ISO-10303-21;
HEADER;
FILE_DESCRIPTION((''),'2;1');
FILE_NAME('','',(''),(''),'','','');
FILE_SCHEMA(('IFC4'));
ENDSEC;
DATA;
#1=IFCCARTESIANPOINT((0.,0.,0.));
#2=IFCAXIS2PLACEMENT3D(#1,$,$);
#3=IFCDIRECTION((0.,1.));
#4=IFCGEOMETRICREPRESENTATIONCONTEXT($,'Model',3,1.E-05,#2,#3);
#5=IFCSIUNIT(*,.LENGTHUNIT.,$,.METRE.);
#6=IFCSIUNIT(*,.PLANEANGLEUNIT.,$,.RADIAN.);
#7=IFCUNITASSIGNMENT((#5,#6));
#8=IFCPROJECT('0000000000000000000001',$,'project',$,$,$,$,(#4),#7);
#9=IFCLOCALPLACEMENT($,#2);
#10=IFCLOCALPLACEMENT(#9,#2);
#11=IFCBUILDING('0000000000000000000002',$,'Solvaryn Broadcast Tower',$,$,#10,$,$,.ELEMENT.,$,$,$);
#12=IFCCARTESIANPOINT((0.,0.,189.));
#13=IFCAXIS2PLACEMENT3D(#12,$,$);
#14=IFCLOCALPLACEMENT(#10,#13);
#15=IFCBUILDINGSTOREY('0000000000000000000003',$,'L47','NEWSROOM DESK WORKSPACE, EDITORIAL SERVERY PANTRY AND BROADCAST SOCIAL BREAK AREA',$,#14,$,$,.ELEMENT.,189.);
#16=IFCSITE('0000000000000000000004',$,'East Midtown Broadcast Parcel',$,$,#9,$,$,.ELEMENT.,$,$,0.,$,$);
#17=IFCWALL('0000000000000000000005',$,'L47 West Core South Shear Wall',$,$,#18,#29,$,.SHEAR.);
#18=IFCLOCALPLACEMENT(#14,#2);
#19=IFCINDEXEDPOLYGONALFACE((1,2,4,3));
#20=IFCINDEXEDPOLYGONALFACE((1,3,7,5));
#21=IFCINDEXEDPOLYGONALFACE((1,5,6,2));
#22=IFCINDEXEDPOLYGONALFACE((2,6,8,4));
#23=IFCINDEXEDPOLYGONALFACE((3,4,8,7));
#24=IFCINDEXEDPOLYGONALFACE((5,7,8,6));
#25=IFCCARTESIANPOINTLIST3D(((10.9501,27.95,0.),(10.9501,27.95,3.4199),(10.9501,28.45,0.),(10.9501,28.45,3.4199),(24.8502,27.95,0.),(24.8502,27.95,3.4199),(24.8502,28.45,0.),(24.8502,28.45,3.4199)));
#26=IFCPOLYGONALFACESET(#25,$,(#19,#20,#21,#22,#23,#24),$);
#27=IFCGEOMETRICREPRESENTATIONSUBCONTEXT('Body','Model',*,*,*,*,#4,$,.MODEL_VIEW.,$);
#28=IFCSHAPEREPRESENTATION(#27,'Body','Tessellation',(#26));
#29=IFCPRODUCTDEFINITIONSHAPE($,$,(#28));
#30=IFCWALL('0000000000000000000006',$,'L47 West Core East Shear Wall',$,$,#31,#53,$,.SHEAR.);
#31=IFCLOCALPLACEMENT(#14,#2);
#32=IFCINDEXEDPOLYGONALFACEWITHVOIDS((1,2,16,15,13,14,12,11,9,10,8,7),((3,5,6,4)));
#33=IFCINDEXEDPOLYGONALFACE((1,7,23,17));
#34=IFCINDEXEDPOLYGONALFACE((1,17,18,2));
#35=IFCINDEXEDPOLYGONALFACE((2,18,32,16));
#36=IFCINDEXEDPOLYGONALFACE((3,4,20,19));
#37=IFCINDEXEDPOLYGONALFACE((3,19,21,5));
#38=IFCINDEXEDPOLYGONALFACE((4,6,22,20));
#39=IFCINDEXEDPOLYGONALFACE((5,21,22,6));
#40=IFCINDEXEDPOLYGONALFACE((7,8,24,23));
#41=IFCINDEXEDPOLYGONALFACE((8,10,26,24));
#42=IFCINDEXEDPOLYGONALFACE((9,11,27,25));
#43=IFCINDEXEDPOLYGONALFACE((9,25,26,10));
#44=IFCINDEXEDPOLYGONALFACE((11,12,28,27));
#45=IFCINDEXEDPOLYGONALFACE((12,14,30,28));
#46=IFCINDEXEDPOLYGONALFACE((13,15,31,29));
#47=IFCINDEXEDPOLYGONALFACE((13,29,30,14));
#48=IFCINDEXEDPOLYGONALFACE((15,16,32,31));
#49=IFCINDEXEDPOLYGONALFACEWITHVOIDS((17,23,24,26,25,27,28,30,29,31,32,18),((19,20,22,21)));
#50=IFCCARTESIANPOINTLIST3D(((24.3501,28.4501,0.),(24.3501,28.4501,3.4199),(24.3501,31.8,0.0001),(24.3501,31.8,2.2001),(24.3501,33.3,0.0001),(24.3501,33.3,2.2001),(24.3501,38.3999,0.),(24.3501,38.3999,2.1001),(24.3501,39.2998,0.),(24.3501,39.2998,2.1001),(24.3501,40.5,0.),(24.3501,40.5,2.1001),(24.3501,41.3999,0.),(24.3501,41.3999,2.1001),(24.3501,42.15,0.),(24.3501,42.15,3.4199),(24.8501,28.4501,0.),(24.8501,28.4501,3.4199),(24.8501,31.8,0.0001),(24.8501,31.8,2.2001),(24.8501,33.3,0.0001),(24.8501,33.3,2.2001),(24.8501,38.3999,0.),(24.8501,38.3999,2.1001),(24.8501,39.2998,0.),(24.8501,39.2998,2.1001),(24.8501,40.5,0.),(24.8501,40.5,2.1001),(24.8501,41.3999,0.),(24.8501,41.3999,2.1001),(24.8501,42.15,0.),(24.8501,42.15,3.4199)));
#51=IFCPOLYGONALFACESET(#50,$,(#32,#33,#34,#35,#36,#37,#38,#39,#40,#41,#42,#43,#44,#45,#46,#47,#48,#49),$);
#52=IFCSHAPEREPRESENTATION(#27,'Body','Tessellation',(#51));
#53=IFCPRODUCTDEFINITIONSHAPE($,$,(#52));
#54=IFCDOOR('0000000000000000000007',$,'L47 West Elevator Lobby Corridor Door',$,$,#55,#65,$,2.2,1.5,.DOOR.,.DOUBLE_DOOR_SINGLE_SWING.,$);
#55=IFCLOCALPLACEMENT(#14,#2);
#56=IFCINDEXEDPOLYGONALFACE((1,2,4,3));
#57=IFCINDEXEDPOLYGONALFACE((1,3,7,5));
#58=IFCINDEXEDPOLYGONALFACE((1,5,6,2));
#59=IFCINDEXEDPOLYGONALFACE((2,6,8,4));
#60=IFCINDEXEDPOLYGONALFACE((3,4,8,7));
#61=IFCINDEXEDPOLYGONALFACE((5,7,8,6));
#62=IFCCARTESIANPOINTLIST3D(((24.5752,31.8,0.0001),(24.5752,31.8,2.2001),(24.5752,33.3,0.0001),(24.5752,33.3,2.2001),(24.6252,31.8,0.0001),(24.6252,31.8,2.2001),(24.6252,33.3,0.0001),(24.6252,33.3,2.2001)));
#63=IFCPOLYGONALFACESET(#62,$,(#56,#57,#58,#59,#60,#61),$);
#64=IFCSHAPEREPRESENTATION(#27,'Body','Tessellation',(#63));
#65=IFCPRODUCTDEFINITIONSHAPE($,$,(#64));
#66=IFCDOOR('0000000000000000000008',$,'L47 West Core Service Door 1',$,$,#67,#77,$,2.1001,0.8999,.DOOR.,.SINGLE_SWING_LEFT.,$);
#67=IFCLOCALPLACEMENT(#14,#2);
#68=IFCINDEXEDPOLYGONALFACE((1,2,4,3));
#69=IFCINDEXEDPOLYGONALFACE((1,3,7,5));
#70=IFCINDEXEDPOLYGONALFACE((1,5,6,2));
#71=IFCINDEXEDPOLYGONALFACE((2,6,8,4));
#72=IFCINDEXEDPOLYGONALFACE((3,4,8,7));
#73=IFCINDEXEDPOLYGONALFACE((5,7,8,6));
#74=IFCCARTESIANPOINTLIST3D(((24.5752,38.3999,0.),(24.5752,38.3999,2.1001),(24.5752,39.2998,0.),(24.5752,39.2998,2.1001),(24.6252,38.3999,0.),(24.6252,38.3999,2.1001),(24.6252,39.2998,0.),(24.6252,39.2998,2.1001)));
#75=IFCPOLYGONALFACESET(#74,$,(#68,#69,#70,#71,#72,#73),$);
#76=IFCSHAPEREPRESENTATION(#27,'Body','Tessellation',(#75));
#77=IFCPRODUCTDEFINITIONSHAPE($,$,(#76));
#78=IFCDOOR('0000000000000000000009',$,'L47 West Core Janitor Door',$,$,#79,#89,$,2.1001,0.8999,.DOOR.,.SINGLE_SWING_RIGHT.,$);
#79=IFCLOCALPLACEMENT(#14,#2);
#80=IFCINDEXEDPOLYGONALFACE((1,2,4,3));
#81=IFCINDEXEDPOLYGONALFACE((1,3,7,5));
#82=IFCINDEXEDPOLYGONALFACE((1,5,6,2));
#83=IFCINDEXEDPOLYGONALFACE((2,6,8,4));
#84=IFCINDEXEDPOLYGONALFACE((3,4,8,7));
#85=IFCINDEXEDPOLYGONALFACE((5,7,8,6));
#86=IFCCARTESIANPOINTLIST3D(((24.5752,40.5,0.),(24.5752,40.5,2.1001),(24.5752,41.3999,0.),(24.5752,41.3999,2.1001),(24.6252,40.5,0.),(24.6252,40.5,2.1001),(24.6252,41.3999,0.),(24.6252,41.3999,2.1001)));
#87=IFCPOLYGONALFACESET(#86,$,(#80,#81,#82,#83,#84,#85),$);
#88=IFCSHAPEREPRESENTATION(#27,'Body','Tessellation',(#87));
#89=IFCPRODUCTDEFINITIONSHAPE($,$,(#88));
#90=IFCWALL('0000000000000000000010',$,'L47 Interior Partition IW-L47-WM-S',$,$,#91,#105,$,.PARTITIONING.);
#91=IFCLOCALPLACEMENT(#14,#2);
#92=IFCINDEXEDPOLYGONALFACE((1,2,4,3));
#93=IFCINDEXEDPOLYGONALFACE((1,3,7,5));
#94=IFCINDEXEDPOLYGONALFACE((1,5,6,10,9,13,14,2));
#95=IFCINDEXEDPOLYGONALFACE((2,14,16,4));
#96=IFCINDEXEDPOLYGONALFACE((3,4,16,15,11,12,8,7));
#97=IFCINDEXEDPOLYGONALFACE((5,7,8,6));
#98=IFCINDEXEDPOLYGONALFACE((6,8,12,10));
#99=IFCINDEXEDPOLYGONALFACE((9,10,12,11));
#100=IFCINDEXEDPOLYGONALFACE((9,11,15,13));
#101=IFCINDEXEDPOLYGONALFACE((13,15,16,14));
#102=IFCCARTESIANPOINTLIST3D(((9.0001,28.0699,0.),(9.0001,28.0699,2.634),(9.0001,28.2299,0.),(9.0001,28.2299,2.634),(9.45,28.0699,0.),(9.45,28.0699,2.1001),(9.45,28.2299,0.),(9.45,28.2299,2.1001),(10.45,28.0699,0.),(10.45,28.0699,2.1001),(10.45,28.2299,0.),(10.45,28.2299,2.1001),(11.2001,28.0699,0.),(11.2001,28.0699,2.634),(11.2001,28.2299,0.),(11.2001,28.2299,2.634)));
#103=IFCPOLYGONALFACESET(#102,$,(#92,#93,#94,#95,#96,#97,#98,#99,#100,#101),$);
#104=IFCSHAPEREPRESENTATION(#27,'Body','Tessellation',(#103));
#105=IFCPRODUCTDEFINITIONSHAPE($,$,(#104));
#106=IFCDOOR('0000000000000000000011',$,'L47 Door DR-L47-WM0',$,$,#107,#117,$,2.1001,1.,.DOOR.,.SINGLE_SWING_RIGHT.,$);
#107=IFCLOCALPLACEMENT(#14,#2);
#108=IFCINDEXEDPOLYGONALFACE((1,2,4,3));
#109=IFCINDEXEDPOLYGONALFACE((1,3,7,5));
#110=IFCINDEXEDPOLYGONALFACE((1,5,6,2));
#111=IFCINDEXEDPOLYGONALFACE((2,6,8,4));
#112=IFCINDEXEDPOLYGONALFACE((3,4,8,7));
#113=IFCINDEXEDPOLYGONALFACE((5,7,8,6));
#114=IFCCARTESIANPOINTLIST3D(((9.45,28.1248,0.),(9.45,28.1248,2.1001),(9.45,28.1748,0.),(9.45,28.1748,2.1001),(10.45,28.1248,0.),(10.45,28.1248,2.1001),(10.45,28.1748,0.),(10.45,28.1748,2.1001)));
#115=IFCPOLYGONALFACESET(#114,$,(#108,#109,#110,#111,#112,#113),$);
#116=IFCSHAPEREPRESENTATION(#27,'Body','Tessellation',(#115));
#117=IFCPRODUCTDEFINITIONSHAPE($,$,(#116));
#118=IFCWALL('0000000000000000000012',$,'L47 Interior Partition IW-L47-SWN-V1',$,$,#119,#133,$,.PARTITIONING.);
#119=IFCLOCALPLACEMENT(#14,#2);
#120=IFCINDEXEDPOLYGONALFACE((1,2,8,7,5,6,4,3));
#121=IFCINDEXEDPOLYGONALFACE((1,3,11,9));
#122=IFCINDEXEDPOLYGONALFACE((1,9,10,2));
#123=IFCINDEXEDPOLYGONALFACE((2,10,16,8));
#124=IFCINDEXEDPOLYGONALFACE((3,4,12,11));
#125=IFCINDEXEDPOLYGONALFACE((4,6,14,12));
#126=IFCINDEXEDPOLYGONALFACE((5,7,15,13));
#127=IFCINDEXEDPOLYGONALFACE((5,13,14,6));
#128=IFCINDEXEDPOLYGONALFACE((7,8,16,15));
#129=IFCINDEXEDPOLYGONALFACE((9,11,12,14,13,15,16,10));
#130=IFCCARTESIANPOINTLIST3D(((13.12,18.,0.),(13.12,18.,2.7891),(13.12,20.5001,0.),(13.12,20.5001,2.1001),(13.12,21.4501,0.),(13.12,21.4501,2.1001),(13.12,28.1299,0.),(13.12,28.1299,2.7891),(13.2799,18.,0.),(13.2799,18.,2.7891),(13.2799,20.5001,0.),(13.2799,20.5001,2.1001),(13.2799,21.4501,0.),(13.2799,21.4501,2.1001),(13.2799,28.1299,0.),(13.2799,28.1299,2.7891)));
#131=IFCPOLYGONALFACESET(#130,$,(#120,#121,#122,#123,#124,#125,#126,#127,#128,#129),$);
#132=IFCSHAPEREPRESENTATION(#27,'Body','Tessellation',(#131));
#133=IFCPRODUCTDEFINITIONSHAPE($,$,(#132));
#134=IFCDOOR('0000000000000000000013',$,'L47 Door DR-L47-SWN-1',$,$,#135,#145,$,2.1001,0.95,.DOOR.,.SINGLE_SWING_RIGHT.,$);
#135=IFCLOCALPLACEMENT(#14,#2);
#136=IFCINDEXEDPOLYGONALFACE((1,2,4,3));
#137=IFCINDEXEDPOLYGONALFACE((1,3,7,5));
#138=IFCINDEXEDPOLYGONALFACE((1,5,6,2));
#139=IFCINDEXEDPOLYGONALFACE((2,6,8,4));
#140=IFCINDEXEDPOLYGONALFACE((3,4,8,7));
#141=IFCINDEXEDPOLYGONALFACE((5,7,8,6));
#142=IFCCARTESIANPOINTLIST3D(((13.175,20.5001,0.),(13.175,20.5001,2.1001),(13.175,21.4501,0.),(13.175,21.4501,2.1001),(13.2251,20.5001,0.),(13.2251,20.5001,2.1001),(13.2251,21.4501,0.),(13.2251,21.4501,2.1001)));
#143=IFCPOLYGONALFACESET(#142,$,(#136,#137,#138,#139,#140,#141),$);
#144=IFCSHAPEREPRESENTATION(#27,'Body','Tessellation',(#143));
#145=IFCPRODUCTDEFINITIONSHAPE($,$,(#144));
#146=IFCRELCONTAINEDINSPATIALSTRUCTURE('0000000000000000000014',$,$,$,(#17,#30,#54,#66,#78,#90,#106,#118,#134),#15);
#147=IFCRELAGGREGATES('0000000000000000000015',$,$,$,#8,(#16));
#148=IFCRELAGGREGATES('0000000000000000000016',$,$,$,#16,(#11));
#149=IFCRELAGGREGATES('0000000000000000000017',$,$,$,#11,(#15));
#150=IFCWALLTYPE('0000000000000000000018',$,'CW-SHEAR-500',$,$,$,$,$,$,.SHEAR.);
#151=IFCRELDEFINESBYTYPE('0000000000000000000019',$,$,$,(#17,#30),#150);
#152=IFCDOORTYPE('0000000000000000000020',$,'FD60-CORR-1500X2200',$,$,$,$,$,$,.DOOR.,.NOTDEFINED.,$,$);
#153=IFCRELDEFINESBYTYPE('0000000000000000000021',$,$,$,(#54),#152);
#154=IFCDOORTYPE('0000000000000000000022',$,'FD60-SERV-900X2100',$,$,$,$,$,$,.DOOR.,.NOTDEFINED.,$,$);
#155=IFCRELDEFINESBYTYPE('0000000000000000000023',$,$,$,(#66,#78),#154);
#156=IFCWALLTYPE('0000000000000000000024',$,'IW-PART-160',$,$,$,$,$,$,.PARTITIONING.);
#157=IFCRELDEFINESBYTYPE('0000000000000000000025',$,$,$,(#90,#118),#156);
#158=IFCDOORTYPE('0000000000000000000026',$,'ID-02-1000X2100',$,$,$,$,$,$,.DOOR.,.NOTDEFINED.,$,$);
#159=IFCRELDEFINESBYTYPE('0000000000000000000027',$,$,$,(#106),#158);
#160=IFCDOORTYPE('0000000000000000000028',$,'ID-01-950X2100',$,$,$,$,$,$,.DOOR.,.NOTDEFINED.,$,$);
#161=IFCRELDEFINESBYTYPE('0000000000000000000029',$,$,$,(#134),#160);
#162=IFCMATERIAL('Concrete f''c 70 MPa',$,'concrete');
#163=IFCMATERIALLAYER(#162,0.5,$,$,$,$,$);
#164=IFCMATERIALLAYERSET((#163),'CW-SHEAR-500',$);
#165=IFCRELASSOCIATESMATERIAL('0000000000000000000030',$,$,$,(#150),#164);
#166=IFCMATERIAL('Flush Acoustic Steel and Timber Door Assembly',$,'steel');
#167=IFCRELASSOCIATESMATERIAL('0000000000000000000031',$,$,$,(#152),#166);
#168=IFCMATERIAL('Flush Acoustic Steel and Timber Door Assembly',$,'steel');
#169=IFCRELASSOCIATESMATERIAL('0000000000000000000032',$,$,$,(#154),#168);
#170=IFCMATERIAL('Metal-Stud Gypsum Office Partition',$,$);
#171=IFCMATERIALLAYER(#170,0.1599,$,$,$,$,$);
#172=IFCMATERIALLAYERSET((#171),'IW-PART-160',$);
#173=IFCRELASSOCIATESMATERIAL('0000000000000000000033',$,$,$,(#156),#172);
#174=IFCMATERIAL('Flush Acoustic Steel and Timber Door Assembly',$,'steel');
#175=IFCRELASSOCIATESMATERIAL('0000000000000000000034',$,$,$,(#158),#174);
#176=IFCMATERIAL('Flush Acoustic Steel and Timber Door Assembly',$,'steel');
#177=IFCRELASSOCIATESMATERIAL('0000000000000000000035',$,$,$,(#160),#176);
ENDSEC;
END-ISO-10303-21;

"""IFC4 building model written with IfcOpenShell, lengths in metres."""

from ifc_helpers import new_model, si_unit, direction, frame, frame_2d, origin, place, context, subcontext, project, spatial, rectangle, extrude, material, layer, layer_set, type_object, element, fill, save


model = new_model("IFC4")

# Units and contexts
model_context = context("Model", 3, precision=1e-05, world=origin(), true_north=direction((0.0, 1.0)))
body_context = subcontext(model_context, "Body", "Model", "MODEL_VIEW")
ifc_project = project(units=[si_unit("LENGTHUNIT", "METRE"), si_unit("PLANEANGLEUNIT", "RADIAN")], contexts=[model_context])

# Site, building, storey
site_placement = place(None, origin())
site = spatial("IfcSite", under=ifc_project, at=site_placement, Name="East Midtown Broadcast Parcel", CompositionType="ELEMENT", RefElevation=0.0)
building_placement = place(site_placement, origin())
building = spatial("IfcBuilding", under=site, at=building_placement, Name="Solvaryn Broadcast Tower", CompositionType="ELEMENT")
storey_placement = place(building_placement, frame((0.0, 0.0, 189.0)))
storey = spatial("IfcBuildingStorey", under=building, at=storey_placement, Name="L47", Description="NEWSROOM DESK WORKSPACE, EDITORIAL SERVERY PANTRY AND BROADCAST SOCIAL BREAK AREA", CompositionType="ELEMENT", Elevation=189.0)

# Wall
ifc_material_1 = material(Name="Concrete f'c 70 MPa", Category="concrete")
ifc_layer_1 = layer(ifc_material_1, 0.5)
ifc_layer_set_1 = layer_set([ifc_layer_1], Name="CW-SHEAR-500")
wall_type_1 = type_object("IfcWallType", Name="CW-SHEAR-500", PredefinedType="SHEAR", material=ifc_layer_set_1)
wall_1_placement = place(storey_placement, frame((10.95, 28.2, 0.0), z_axis=(0.0, 0.0, 1.0), x_axis=(1.0, 0.0, 0.0)))
element("IfcWall", 1, at=wall_1_placement, inside=storey, type_object=wall_type_1, Name="L47 West Core South Shear Wall", PredefinedType="SHEAR", context=body_context, shape_type="SweptSolid", body=[
    extrude(rectangle(XDim=13.9001, YDim=0.5, at=frame_2d((6.9502, 0.0))), origin(), (0.0, 0.0, 1.0), 3.4199),
])

# Wall, openings, doors
wall_2_placement = place(storey_placement, frame((24.6001, 28.45, 0.0), z_axis=(0.0, 0.0, 1.0), x_axis=(0.0, 1.0, 0.0)))
wall_2 = element("IfcWall", 2, at=wall_2_placement, inside=storey, type_object=wall_type_1, Name="L47 West Core East Shear Wall", PredefinedType="SHEAR", context=body_context, shape_type="SweptSolid", body=[
    extrude(rectangle(XDim=13.7, YDim=0.5, at=frame_2d((6.8501, 0.0))), origin(), (0.0, 0.0, 1.0), 3.4199),
])
opening_1_placement = place(wall_2_placement, frame((3.3501, 0.0, 0.0)))
opening_1 = element("IfcOpeningElement", 3, at=opening_1_placement, cuts=wall_2, PredefinedType="OPENING", context=body_context, shape_type="SweptSolid", body=[
    extrude(rectangle(XDim=1.5, YDim=2.2, at=frame_2d((0.75, 1.1001))), frame((0.0, 0.26, 0.0), z_axis=(0.0, -1.0, 0.0), x_axis=(1.0, 0.0, 0.0)), (0.0, 0.0, 1.0), 0.52),
])
opening_2_placement = place(wall_2_placement, frame((9.95, 0.0, 0.0)))
opening_2 = element("IfcOpeningElement", 4, at=opening_2_placement, cuts=wall_2, PredefinedType="OPENING", context=body_context, shape_type="SweptSolid", body=[
    extrude(rectangle(XDim=0.8999, YDim=2.1001, at=frame_2d((0.45, 1.05))), frame((0.0, 0.26, 0.0), z_axis=(0.0, -1.0, 0.0), x_axis=(1.0, 0.0, 0.0)), (0.0, 0.0, 1.0), 0.52),
])
opening_3_placement = place(wall_2_placement, frame((12.05, 0.0, 0.0)))
opening_3 = element("IfcOpeningElement", 5, at=opening_3_placement, cuts=wall_2, PredefinedType="OPENING", context=body_context, shape_type="SweptSolid", body=[
    extrude(rectangle(XDim=0.8999, YDim=2.1001, at=frame_2d((0.45, 1.05))), frame((0.0, 0.26, 0.0), z_axis=(0.0, -1.0, 0.0), x_axis=(1.0, 0.0, 0.0)), (0.0, 0.0, 1.0), 0.52),
])
ifc_material_2 = material(Name="Flush Acoustic Steel and Timber Door Assembly", Category="steel")
door_type_1 = type_object("IfcDoorType", Name="FD60-CORR-1500X2200", OperationType="NOTDEFINED", PredefinedType="DOOR", material=ifc_material_2)
door_1_placement = place(opening_1_placement, origin())
door_1 = element("IfcDoor", 6, at=door_1_placement, inside=storey, type_object=door_type_1, Name="L47 West Elevator Lobby Corridor Door", OperationType="DOUBLE_DOOR_SINGLE_SWING", OverallHeight=2.2, OverallWidth=1.5, PredefinedType="DOOR", context=body_context, shape_type="SweptSolid", body=[
    extrude(rectangle(XDim=1.5, YDim=2.2, at=frame_2d((0.75, 1.1001))), frame((0.0, 0.0249, 0.0), z_axis=(0.0, -1.0, 0.0), x_axis=(1.0, 0.0, 0.0)), (0.0, 0.0, 1.0), 0.05),
])
fill(opening_1, door_1)
ifc_material_3 = material(Name="Flush Acoustic Steel and Timber Door Assembly", Category="steel")
door_type_2 = type_object("IfcDoorType", Name="FD60-SERV-900X2100", OperationType="NOTDEFINED", PredefinedType="DOOR", material=ifc_material_3)
door_2_placement = place(opening_2_placement, origin())
door_2 = element("IfcDoor", 7, at=door_2_placement, inside=storey, type_object=door_type_2, Name="L47 West Core Service Door 1", OperationType="SINGLE_SWING_LEFT", OverallHeight=2.1001, OverallWidth=0.8999, PredefinedType="DOOR", context=body_context, shape_type="SweptSolid", body=[
    extrude(rectangle(XDim=0.8999, YDim=2.1001, at=frame_2d((0.45, 1.05))), frame((0.0, 0.0249, 0.0), z_axis=(0.0, -1.0, 0.0), x_axis=(1.0, 0.0, 0.0)), (0.0, 0.0, 1.0), 0.05),
])
fill(opening_2, door_2)
door_3_placement = place(opening_3_placement, origin())
door_3 = element("IfcDoor", 8, at=door_3_placement, inside=storey, type_object=door_type_2, Name="L47 West Core Janitor Door", OperationType="SINGLE_SWING_RIGHT", OverallHeight=2.1001, OverallWidth=0.8999, PredefinedType="DOOR", context=body_context, shape_type="SweptSolid", body=[
    extrude(rectangle(XDim=0.8999, YDim=2.1001, at=frame_2d((0.45, 1.05))), frame((0.0, 0.0249, 0.0), z_axis=(0.0, -1.0, 0.0), x_axis=(1.0, 0.0, 0.0)), (0.0, 0.0, 1.0), 0.05),
])
fill(opening_3, door_3)

# Walls, openings, doors
ifc_material_4 = material(Name="Metal-Stud Gypsum Office Partition")
ifc_layer_2 = layer(ifc_material_4, 0.1599)
ifc_layer_set_2 = layer_set([ifc_layer_2], Name="IW-PART-160")
wall_type_2 = type_object("IfcWallType", Name="IW-PART-160", PredefinedType="PARTITIONING", material=ifc_layer_set_2)
wall_3_placement = place(storey_placement, frame((9.0, 28.1499, 0.0), z_axis=(0.0, 0.0, 1.0), x_axis=(1.0, 0.0, 0.0)))
wall_3 = element("IfcWall", 9, at=wall_3_placement, inside=storey, type_object=wall_type_2, Name="L47 Interior Partition IW-L47-WM-S", PredefinedType="PARTITIONING", context=body_context, shape_type="SweptSolid", body=[
    extrude(rectangle(XDim=2.2, YDim=0.1599, at=frame_2d((1.1001, 0.0))), origin(), (0.0, 0.0, 1.0), 2.634),
])
opening_4_placement = place(wall_3_placement, frame((0.45, 0.0, 0.0)))
opening_4 = element("IfcOpeningElement", 10, at=opening_4_placement, cuts=wall_3, PredefinedType="OPENING", context=body_context, shape_type="SweptSolid", body=[
    extrude(rectangle(XDim=1.0, YDim=2.1001, at=frame_2d((0.5, 1.05))), frame((0.0, 0.0901, 0.0), z_axis=(0.0, -1.0, 0.0), x_axis=(1.0, 0.0, 0.0)), (0.0, 0.0, 1.0), 0.1799),
])
ifc_material_5 = material(Name="Flush Acoustic Steel and Timber Door Assembly", Category="steel")
door_type_3 = type_object("IfcDoorType", Name="ID-02-1000X2100", OperationType="NOTDEFINED", PredefinedType="DOOR", material=ifc_material_5)
door_4_placement = place(opening_4_placement, origin())
door_4 = element("IfcDoor", 11, at=door_4_placement, inside=storey, type_object=door_type_3, Name="L47 Door DR-L47-WM0", OperationType="SINGLE_SWING_RIGHT", OverallHeight=2.1001, OverallWidth=1.0, PredefinedType="DOOR", context=body_context, shape_type="SweptSolid", body=[
    extrude(rectangle(XDim=1.0, YDim=2.1001, at=frame_2d((0.5, 1.05))), frame((0.0, 0.0249, 0.0), z_axis=(0.0, -1.0, 0.0), x_axis=(1.0, 0.0, 0.0)), (0.0, 0.0, 1.0), 0.05),
])
fill(opening_4, door_4)
wall_4_placement = place(storey_placement, frame((13.2, 18.0, 0.0), z_axis=(0.0, 0.0, 1.0), x_axis=(0.0, 1.0, 0.0)))
wall_4 = element("IfcWall", 12, at=wall_4_placement, inside=storey, type_object=wall_type_2, Name="L47 Interior Partition IW-L47-SWN-V1", PredefinedType="PARTITIONING", context=body_context, shape_type="SweptSolid", body=[
    extrude(rectangle(XDim=10.1299, YDim=0.1599, at=frame_2d((5.0649, 0.0))), origin(), (0.0, 0.0, 1.0), 2.7891),
])
opening_5_placement = place(wall_4_placement, frame((2.5, 0.0, 0.0)))
opening_5 = element("IfcOpeningElement", 13, at=opening_5_placement, cuts=wall_4, PredefinedType="OPENING", context=body_context, shape_type="SweptSolid", body=[
    extrude(rectangle(XDim=0.95, YDim=2.1001, at=frame_2d((0.4751, 1.05))), frame((0.0, 0.0901, 0.0), z_axis=(0.0, -1.0, 0.0), x_axis=(1.0, 0.0, 0.0)), (0.0, 0.0, 1.0), 0.1799),
])
ifc_material_6 = material(Name="Flush Acoustic Steel and Timber Door Assembly", Category="steel")
door_type_4 = type_object("IfcDoorType", Name="ID-01-950X2100", OperationType="NOTDEFINED", PredefinedType="DOOR", material=ifc_material_6)
door_5_placement = place(opening_5_placement, origin())
door_5 = element("IfcDoor", 14, at=door_5_placement, inside=storey, type_object=door_type_4, Name="L47 Door DR-L47-SWN-1", OperationType="SINGLE_SWING_RIGHT", OverallHeight=2.1001, OverallWidth=0.95, PredefinedType="DOOR", context=body_context, shape_type="SweptSolid", body=[
    extrude(rectangle(XDim=0.95, YDim=2.1001, at=frame_2d((0.4751, 1.05))), frame((0.0, 0.0249, 0.0), z_axis=(0.0, -1.0, 0.0), x_axis=(1.0, 0.0, 0.0)), (0.0, 0.0, 1.0), 0.05),
])
fill(opening_5, door_5)

save(model, "model.ifc")
